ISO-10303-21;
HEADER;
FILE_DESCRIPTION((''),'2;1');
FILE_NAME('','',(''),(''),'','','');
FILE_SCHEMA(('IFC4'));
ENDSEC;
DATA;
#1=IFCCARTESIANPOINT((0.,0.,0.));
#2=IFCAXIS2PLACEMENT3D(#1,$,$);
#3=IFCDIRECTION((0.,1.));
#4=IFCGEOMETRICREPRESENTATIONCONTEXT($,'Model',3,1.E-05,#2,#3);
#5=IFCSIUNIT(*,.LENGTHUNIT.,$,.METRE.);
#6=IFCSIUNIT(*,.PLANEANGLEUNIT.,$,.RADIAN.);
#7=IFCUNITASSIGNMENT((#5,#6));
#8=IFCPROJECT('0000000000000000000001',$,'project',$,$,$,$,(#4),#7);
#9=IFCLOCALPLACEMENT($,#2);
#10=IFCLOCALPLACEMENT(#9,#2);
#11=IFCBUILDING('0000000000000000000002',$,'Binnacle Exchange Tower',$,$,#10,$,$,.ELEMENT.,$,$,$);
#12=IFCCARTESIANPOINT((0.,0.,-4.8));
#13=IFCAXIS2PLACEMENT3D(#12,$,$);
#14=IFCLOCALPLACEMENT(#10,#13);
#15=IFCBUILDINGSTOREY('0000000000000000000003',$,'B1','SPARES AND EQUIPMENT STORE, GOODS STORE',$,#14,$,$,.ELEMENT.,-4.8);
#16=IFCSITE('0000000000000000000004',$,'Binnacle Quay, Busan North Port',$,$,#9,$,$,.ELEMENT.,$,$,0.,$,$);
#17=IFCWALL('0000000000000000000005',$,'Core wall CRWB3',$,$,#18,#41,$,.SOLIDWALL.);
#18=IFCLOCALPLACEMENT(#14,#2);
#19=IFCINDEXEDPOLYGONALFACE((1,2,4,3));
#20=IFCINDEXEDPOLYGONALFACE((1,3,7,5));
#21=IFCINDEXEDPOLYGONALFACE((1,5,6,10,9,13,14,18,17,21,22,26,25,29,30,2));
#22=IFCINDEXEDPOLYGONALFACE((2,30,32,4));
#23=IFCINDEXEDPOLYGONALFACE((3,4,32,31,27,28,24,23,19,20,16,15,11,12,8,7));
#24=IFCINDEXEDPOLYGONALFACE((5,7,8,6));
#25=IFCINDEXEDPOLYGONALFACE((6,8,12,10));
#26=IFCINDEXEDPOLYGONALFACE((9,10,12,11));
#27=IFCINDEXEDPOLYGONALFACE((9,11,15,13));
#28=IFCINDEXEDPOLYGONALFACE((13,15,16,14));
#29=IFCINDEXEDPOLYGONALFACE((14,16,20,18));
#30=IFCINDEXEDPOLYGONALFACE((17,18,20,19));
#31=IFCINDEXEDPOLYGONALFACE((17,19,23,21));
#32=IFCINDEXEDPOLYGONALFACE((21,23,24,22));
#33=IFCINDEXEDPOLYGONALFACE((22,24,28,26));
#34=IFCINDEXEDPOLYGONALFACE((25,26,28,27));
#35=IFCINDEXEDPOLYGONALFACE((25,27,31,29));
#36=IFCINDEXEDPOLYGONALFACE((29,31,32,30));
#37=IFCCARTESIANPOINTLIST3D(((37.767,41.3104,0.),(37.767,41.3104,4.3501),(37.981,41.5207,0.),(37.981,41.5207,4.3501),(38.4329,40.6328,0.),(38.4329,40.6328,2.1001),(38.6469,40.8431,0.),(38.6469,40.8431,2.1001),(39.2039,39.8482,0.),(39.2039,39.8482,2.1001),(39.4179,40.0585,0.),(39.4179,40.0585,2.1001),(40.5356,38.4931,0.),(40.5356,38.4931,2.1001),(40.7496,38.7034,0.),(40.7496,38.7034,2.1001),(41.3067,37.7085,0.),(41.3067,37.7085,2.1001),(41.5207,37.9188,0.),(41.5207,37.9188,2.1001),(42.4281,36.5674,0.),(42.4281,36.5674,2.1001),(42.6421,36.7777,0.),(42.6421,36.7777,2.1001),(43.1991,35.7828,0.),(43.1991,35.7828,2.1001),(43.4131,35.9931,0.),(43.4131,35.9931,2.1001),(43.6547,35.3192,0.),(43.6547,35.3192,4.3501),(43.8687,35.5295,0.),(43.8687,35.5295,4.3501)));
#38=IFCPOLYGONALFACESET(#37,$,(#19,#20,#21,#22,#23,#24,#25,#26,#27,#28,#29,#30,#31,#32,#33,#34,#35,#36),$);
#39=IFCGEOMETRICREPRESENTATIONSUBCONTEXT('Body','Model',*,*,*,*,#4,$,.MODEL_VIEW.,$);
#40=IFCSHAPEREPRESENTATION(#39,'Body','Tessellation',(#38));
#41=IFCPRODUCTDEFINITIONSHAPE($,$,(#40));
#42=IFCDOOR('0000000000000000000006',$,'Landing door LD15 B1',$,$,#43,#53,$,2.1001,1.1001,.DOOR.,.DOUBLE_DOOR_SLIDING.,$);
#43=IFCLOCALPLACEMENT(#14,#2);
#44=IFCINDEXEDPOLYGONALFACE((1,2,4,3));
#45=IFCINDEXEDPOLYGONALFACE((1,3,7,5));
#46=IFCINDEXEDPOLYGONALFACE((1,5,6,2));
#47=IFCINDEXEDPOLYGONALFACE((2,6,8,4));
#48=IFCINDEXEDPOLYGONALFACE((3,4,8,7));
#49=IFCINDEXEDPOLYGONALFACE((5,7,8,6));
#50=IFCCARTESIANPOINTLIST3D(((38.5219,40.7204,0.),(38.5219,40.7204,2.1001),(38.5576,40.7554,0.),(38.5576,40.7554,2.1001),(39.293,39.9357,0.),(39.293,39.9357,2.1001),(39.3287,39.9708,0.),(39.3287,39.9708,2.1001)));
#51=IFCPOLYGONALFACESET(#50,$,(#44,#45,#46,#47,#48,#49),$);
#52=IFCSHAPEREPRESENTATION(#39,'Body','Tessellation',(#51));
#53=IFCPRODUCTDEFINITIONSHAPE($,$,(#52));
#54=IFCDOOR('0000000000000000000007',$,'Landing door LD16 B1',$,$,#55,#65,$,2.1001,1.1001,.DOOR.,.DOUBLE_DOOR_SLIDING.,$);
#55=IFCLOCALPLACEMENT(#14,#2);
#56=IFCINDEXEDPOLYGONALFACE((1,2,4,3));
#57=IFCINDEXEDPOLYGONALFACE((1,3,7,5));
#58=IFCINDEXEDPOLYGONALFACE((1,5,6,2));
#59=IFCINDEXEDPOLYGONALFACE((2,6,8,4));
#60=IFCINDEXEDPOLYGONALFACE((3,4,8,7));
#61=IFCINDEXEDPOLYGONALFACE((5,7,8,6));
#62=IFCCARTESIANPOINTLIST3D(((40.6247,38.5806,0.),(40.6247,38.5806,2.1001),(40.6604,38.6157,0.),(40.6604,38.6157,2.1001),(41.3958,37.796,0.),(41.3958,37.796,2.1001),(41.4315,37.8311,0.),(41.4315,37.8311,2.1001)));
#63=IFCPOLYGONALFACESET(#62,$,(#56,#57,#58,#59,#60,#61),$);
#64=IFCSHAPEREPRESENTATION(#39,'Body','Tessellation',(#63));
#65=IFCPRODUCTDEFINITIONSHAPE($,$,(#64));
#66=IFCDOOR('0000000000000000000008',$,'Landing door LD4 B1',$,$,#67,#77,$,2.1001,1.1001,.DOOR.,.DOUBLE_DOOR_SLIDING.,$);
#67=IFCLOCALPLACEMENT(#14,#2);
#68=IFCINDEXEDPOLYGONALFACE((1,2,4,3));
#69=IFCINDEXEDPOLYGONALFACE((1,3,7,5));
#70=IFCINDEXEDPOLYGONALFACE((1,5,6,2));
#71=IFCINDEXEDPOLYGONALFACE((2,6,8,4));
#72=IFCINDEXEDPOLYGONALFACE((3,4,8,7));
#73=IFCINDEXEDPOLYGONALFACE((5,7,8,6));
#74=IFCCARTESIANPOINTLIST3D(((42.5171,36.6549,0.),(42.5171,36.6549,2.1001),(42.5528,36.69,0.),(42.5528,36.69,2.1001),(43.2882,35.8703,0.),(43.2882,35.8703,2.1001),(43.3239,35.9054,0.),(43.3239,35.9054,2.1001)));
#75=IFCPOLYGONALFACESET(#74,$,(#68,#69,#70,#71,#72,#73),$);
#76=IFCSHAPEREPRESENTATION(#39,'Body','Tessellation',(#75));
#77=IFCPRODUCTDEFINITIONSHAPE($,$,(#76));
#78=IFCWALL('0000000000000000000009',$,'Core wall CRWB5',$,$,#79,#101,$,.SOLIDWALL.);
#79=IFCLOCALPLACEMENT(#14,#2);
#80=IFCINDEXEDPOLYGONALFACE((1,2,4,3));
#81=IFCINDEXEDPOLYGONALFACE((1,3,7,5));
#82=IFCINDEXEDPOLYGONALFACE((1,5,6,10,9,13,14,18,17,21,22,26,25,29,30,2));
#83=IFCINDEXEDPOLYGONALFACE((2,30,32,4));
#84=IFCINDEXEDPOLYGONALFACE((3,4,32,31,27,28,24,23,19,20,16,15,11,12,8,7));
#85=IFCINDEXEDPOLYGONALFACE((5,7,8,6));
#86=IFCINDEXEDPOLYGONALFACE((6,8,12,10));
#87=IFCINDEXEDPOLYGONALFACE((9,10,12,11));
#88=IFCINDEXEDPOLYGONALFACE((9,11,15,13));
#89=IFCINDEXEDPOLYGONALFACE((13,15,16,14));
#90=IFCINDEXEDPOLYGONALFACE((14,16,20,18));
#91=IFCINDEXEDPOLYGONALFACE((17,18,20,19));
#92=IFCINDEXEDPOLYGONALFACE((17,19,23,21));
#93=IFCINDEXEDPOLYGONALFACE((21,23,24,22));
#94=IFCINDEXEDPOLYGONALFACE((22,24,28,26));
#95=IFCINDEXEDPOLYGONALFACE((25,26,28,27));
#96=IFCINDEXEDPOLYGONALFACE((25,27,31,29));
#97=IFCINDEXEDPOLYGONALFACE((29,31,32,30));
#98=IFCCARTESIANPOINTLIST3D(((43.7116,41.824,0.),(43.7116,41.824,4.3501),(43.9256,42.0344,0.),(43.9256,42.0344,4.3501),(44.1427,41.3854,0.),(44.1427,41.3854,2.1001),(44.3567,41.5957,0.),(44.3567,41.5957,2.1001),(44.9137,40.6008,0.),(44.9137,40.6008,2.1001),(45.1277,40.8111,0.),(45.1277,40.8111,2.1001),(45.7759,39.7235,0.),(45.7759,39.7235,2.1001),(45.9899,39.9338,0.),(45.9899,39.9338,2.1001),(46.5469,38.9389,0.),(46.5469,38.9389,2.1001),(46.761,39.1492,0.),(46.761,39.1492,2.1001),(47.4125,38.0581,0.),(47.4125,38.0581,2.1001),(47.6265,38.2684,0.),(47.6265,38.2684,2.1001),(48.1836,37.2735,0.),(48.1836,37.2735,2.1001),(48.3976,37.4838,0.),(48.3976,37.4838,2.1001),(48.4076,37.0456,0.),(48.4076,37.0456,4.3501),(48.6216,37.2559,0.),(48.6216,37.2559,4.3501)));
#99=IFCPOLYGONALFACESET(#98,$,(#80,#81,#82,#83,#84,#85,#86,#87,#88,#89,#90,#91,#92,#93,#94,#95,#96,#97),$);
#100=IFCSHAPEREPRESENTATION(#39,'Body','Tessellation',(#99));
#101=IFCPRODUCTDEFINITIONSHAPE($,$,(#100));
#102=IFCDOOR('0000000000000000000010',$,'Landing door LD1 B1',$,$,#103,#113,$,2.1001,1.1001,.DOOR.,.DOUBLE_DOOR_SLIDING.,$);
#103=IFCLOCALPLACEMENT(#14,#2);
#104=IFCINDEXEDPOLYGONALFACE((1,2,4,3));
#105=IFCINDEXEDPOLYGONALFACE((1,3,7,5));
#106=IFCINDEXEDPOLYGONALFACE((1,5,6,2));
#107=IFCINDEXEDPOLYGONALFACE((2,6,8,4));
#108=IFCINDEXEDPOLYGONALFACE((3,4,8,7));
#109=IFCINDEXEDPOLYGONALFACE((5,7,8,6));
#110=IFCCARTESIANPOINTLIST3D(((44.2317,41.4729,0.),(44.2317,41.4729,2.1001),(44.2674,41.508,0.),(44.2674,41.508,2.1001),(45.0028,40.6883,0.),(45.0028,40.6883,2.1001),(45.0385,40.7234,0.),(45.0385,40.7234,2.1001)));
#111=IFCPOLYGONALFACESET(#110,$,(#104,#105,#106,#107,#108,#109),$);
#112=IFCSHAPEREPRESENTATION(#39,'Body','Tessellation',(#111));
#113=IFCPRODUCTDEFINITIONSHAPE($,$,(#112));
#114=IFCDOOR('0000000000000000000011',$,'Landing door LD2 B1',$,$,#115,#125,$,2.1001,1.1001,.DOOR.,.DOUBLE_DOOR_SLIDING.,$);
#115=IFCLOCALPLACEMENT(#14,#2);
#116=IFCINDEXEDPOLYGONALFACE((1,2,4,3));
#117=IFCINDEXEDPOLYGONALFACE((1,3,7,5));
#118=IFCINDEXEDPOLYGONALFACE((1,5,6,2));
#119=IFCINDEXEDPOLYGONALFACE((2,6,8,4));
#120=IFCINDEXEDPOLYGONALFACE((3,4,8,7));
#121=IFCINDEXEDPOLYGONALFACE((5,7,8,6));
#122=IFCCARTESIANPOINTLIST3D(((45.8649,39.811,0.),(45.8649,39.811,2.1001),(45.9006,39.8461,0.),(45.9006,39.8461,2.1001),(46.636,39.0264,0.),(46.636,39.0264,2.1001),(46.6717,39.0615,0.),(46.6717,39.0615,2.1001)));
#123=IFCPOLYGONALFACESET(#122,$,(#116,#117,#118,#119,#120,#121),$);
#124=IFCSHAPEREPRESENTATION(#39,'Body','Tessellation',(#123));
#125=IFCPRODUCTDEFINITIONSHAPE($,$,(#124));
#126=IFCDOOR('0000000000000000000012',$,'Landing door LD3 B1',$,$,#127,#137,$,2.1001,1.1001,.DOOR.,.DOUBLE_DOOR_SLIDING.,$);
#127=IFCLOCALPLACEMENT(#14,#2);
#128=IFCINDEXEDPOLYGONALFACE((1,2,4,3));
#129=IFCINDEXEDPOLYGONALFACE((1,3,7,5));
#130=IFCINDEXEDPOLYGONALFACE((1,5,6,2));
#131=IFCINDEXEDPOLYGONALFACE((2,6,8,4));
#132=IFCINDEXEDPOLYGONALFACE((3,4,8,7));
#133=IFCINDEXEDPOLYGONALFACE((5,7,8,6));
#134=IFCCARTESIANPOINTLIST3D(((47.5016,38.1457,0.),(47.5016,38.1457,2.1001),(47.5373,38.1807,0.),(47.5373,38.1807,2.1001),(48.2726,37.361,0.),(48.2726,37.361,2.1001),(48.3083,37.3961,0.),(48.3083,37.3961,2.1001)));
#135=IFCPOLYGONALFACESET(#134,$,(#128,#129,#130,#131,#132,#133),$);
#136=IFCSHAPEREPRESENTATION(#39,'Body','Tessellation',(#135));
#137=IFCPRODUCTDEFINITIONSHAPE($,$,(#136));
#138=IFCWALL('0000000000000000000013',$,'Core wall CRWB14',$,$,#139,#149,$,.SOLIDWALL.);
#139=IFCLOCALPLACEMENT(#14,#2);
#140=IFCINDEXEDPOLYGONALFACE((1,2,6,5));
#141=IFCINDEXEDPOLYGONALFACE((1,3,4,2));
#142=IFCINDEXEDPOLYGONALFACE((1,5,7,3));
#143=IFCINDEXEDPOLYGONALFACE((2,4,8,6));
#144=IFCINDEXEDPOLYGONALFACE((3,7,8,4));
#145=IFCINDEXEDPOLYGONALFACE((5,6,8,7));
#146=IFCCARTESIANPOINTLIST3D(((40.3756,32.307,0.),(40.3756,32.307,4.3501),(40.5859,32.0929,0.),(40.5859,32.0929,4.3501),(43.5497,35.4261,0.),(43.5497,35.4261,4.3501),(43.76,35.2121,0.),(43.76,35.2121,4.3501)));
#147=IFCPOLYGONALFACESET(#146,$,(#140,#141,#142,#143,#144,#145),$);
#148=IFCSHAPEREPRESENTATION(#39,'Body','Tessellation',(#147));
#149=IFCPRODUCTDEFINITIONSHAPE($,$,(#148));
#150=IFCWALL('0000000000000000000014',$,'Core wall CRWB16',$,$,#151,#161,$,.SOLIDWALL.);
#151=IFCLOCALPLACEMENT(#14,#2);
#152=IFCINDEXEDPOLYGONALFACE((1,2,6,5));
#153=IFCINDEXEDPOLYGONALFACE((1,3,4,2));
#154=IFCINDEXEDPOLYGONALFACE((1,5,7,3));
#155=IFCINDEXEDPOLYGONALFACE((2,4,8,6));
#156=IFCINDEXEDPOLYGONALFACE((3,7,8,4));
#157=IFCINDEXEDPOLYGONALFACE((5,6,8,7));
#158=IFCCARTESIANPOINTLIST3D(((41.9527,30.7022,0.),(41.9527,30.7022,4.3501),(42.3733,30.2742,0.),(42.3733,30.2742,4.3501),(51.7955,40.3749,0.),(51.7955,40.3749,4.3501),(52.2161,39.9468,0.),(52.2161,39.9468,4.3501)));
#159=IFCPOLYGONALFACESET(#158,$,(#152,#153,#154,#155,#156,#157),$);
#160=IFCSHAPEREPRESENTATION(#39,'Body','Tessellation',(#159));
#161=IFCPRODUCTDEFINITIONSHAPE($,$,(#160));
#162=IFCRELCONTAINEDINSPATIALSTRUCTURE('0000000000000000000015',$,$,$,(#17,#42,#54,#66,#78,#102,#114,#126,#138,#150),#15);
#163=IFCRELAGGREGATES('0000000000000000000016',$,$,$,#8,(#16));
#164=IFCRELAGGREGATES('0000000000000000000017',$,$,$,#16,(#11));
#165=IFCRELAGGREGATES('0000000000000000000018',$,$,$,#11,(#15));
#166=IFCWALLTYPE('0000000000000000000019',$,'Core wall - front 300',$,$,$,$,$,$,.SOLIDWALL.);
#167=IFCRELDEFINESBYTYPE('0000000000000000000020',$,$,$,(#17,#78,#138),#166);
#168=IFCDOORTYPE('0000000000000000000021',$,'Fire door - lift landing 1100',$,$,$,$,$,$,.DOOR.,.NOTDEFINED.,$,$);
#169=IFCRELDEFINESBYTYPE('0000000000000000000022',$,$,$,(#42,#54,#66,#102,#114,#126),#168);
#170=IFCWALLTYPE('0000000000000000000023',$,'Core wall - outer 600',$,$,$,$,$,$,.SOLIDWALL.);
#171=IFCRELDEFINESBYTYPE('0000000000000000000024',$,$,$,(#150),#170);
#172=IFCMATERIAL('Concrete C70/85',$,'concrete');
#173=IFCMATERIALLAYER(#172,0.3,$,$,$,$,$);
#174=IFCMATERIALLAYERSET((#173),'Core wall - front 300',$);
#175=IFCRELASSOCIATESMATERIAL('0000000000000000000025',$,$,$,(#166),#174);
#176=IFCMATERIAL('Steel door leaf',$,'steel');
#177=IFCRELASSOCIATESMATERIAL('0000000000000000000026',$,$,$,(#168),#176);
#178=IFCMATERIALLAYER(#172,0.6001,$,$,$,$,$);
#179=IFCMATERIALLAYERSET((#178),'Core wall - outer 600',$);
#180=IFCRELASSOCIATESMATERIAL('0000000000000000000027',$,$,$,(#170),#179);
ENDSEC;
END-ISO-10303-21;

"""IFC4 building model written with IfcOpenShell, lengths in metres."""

from ifc_helpers import new_model, si_unit, direction, frame, frame_2d, origin, place, context, subcontext, project, spatial, rectangle, extrude, material, layer, layer_set, type_object, element, fill, save


model = new_model("IFC4")

# Units and contexts
model_context = context("Model", 3, precision=1e-05, world=origin(), true_north=direction((0.0, 1.0)))
body_context = subcontext(model_context, "Body", "Model", "MODEL_VIEW")
ifc_project = project(units=[si_unit("LENGTHUNIT", "METRE"), si_unit("PLANEANGLEUNIT", "RADIAN")], contexts=[model_context])

# Site, building, storey
site_placement = place(None, origin())
site = spatial("IfcSite", under=ifc_project, at=site_placement, Name="Binnacle Quay, Busan North Port", CompositionType="ELEMENT", RefElevation=0.0)
building_placement = place(site_placement, origin())
building = spatial("IfcBuilding", under=site, at=building_placement, Name="Binnacle Exchange Tower", CompositionType="ELEMENT")
storey_placement = place(building_placement, frame((0.0, 0.0, -4.8)))
storey = spatial("IfcBuildingStorey", under=building, at=storey_placement, Name="B1", Description="SPARES AND EQUIPMENT STORE, GOODS STORE", CompositionType="ELEMENT", Elevation=-4.8)

# Shared definitions
ifc_material_1 = material(Name="Concrete C70/85", Category="concrete")

# Walls, openings, doors
ifc_layer_1 = layer(ifc_material_1, 0.3)
ifc_layer_set_1 = layer_set([ifc_layer_1], Name="Core wall - front 300")
wall_type_1 = type_object("IfcWallType", Name="Core wall - front 300", PredefinedType="SOLIDWALL", material=ifc_layer_set_1)
wall_1_placement = place(storey_placement, frame((37.874, 41.4155, 0.0), z_axis=(0.0, 0.0, 1.0), x_axis=(0.700918, -0.713242, 0.0)))
wall_1 = element("IfcWall", 1, at=wall_1_placement, inside=storey, type_object=wall_type_1, Name="Core wall CRWB3", PredefinedType="SOLIDWALL", context=body_context, shape_type="SweptSolid", body=[
    extrude(rectangle(XDim=8.3999, YDim=0.3, at=frame_2d((4.2, 0.0))), origin(), (0.0, 0.0, 1.0), 4.3501),
])
opening_1_placement = place(wall_1_placement, frame((0.95, 0.0, 0.0)))
opening_1 = element("IfcOpeningElement", 2, at=opening_1_placement, cuts=wall_1, PredefinedType="OPENING", context=body_context, shape_type="SweptSolid", body=[
    extrude(rectangle(XDim=1.1001, YDim=2.1001, at=frame_2d((0.55, 1.05))), frame((0.0, 0.1599, 0.0), z_axis=(0.0, -1.0, 0.0), x_axis=(1.0, 0.0, 0.0)), (0.0, 0.0, 1.0), 0.3201),
])
opening_2_placement = place(wall_1_placement, frame((3.95, 0.0, 0.0)))
opening_2 = element("IfcOpeningElement", 3, at=opening_2_placement, cuts=wall_1, PredefinedType="OPENING", context=body_context, shape_type="SweptSolid", body=[
    extrude(rectangle(XDim=1.1001, YDim=2.1001, at=frame_2d((0.55, 1.05))), frame((0.0, 0.1599, 0.0), z_axis=(0.0, -1.0, 0.0), x_axis=(1.0, 0.0, 0.0)), (0.0, 0.0, 1.0), 0.3201),
])
opening_3_placement = place(wall_1_placement, frame((6.6499, 0.0, 0.0)))
opening_3 = element("IfcOpeningElement", 4, at=opening_3_placement, cuts=wall_1, PredefinedType="OPENING", context=body_context, shape_type="SweptSolid", body=[
    extrude(rectangle(XDim=1.1001, YDim=2.1001, at=frame_2d((0.55, 1.05))), frame((0.0, 0.1599, 0.0), z_axis=(0.0, -1.0, 0.0), x_axis=(1.0, 0.0, 0.0)), (0.0, 0.0, 1.0), 0.3201),
])
ifc_material_2 = material(Name="Steel door leaf", Category="steel")
door_type_1 = type_object("IfcDoorType", Name="Fire door - lift landing 1100", OperationType="NOTDEFINED", PredefinedType="DOOR", material=ifc_material_2)
door_1_placement = place(opening_1_placement, origin())
door_1 = element("IfcDoor", 5, at=door_1_placement, inside=storey, type_object=door_type_1, Name="Landing door LD15 B1", OperationType="DOUBLE_DOOR_SLIDING", OverallHeight=2.1001, OverallWidth=1.1001, PredefinedType="DOOR", context=body_context, shape_type="SweptSolid", body=[
    extrude(rectangle(XDim=1.1001, YDim=2.1001, at=frame_2d((0.55, 1.05))), frame((0.0, 0.0249, 0.0), z_axis=(0.0, -1.0, 0.0), x_axis=(1.0, 0.0, 0.0)), (0.0, 0.0, 1.0), 0.05),
])
fill(opening_1, door_1)
door_2_placement = place(opening_2_placement, origin())
door_2 = element("IfcDoor", 6, at=door_2_placement, inside=storey, type_object=door_type_1, Name="Landing door LD16 B1", OperationType="DOUBLE_DOOR_SLIDING", OverallHeight=2.1001, OverallWidth=1.1001, PredefinedType="DOOR", context=body_context, shape_type="SweptSolid", body=[
    extrude(rectangle(XDim=1.1001, YDim=2.1001, at=frame_2d((0.55, 1.05))), frame((0.0, 0.0249, 0.0), z_axis=(0.0, -1.0, 0.0), x_axis=(1.0, 0.0, 0.0)), (0.0, 0.0, 1.0), 0.05),
])
fill(opening_2, door_2)
door_3_placement = place(opening_3_placement, origin())
door_3 = element("IfcDoor", 7, at=door_3_placement, inside=storey, type_object=door_type_1, Name="Landing door LD4 B1", OperationType="DOUBLE_DOOR_SLIDING", OverallHeight=2.1001, OverallWidth=1.1001, PredefinedType="DOOR", context=body_context, shape_type="SweptSolid", body=[
    extrude(rectangle(XDim=1.1001, YDim=2.1001, at=frame_2d((0.55, 1.05))), frame((0.0, 0.0249, 0.0), z_axis=(0.0, -1.0, 0.0), x_axis=(1.0, 0.0, 0.0)), (0.0, 0.0, 1.0), 0.05),
])
fill(opening_3, door_3)
wall_2_placement = place(storey_placement, frame((43.8186, 41.9292, 0.0), z_axis=(0.0, 0.0, 1.0), x_axis=(0.700922, -0.713238, 0.0)))
wall_2 = element("IfcWall", 8, at=wall_2_placement, inside=storey, type_object=wall_type_1, Name="Core wall CRWB5", PredefinedType="SOLIDWALL", context=body_context, shape_type="SweptSolid", body=[
    extrude(rectangle(XDim=6.6997, YDim=0.3, at=frame_2d((3.3499, 0.0))), origin(), (0.0, 0.0, 1.0), 4.3501),
])
opening_4_placement = place(wall_2_placement, frame((0.615, 0.0, 0.0)))
opening_4 = element("IfcOpeningElement", 9, at=opening_4_placement, cuts=wall_2, PredefinedType="OPENING", context=body_context, shape_type="SweptSolid", body=[
    extrude(rectangle(XDim=1.1001, YDim=2.1001, at=frame_2d((0.55, 1.05))), frame((0.0, 0.1599, 0.0), z_axis=(0.0, -1.0, 0.0), x_axis=(1.0, 0.0, 0.0)), (0.0, 0.0, 1.0), 0.3201),
])
opening_5_placement = place(wall_2_placement, frame((2.9451, 0.0, 0.0)))
opening_5 = element("IfcOpeningElement", 10, at=opening_5_placement, cuts=wall_2, PredefinedType="OPENING", context=body_context, shape_type="SweptSolid", body=[
    extrude(rectangle(XDim=1.1001, YDim=2.1001, at=frame_2d((0.55, 1.05))), frame((0.0, 0.1599, 0.0), z_axis=(0.0, -1.0, 0.0), x_axis=(1.0, 0.0, 0.0)), (0.0, 0.0, 1.0), 0.3201),
])
opening_6_placement = place(wall_2_placement, frame((5.28, 0.0, 0.0)))
opening_6 = element("IfcOpeningElement", 11, at=opening_6_placement, cuts=wall_2, PredefinedType="OPENING", context=body_context, shape_type="SweptSolid", body=[
    extrude(rectangle(XDim=1.1001, YDim=2.1001, at=frame_2d((0.55, 1.05))), frame((0.0, 0.1599, 0.0), z_axis=(0.0, -1.0, 0.0), x_axis=(1.0, 0.0, 0.0)), (0.0, 0.0, 1.0), 0.3201),
])
door_4_placement = place(opening_4_placement, origin())
door_4 = element("IfcDoor", 12, at=door_4_placement, inside=storey, type_object=door_type_1, Name="Landing door LD1 B1", OperationType="DOUBLE_DOOR_SLIDING", OverallHeight=2.1001, OverallWidth=1.1001, PredefinedType="DOOR", context=body_context, shape_type="SweptSolid", body=[
    extrude(rectangle(XDim=1.1001, YDim=2.1001, at=frame_2d((0.55, 1.05))), frame((0.0, 0.0249, 0.0), z_axis=(0.0, -1.0, 0.0), x_axis=(1.0, 0.0, 0.0)), (0.0, 0.0, 1.0), 0.05),
])
fill(opening_4, door_4)
door_5_placement = place(opening_5_placement, origin())
door_5 = element("IfcDoor", 13, at=door_5_placement, inside=storey, type_object=door_type_1, Name="Landing door LD2 B1", OperationType="DOUBLE_DOOR_SLIDING", OverallHeight=2.1001, OverallWidth=1.1001, PredefinedType="DOOR", context=body_context, shape_type="SweptSolid", body=[
    extrude(rectangle(XDim=1.1001, YDim=2.1001, at=frame_2d((0.55, 1.05))), frame((0.0, 0.0249, 0.0), z_axis=(0.0, -1.0, 0.0), x_axis=(1.0, 0.0, 0.0)), (0.0, 0.0, 1.0), 0.05),
])
fill(opening_5, door_5)
door_6_placement = place(opening_6_placement, origin())
door_6 = element("IfcDoor", 14, at=door_6_placement, inside=storey, type_object=door_type_1, Name="Landing door LD3 B1", OperationType="DOUBLE_DOOR_SLIDING", OverallHeight=2.1001, OverallWidth=1.1001, PredefinedType="DOOR", context=body_context, shape_type="SweptSolid", body=[
    extrude(rectangle(XDim=1.1001, YDim=2.1001, at=frame_2d((0.55, 1.05))), frame((0.0, 0.0249, 0.0), z_axis=(0.0, -1.0, 0.0), x_axis=(1.0, 0.0, 0.0)), (0.0, 0.0, 1.0), 0.05),
])
fill(opening_6, door_6)

# Walls
wall_3_placement = place(storey_placement, frame((40.4807, 32.2, 0.0), z_axis=(0.0, 0.0, 1.0), x_axis=(0.713252, 0.700908, 0.0)))
element("IfcWall", 15, at=wall_3_placement, inside=storey, type_object=wall_type_1, Name="Core wall CRWB14", PredefinedType="SOLIDWALL", context=body_context, shape_type="SweptSolid", body=[
    extrude(rectangle(XDim=4.4502, YDim=0.3, at=frame_2d((2.2251, 0.0))), origin(), (0.0, 0.0, 1.0), 4.3501),
])
ifc_layer_2 = layer(ifc_material_1, 0.6001)
ifc_layer_set_2 = layer_set([ifc_layer_2], Name="Core wall - outer 600")
wall_type_2 = type_object("IfcWallType", Name="Core wall - outer 600", PredefinedType="SOLIDWALL", material=ifc_layer_set_2)
wall_4_placement = place(storey_placement, frame((42.1631, 30.4883, 0.0), z_axis=(0.0, 0.0, 1.0), x_axis=(0.713245, 0.700914, 0.0)))
element("IfcWall", 16, at=wall_4_placement, inside=storey, type_object=wall_type_2, Name="Core wall CRWB16", PredefinedType="SOLIDWALL", context=body_context, shape_type="SweptSolid", body=[
    extrude(rectangle(XDim=13.8, YDim=0.6001, at=frame_2d((6.8999, 0.0))), origin(), (0.0, 0.0, 1.0), 4.3501),
])

save(model, "model.ifc")
